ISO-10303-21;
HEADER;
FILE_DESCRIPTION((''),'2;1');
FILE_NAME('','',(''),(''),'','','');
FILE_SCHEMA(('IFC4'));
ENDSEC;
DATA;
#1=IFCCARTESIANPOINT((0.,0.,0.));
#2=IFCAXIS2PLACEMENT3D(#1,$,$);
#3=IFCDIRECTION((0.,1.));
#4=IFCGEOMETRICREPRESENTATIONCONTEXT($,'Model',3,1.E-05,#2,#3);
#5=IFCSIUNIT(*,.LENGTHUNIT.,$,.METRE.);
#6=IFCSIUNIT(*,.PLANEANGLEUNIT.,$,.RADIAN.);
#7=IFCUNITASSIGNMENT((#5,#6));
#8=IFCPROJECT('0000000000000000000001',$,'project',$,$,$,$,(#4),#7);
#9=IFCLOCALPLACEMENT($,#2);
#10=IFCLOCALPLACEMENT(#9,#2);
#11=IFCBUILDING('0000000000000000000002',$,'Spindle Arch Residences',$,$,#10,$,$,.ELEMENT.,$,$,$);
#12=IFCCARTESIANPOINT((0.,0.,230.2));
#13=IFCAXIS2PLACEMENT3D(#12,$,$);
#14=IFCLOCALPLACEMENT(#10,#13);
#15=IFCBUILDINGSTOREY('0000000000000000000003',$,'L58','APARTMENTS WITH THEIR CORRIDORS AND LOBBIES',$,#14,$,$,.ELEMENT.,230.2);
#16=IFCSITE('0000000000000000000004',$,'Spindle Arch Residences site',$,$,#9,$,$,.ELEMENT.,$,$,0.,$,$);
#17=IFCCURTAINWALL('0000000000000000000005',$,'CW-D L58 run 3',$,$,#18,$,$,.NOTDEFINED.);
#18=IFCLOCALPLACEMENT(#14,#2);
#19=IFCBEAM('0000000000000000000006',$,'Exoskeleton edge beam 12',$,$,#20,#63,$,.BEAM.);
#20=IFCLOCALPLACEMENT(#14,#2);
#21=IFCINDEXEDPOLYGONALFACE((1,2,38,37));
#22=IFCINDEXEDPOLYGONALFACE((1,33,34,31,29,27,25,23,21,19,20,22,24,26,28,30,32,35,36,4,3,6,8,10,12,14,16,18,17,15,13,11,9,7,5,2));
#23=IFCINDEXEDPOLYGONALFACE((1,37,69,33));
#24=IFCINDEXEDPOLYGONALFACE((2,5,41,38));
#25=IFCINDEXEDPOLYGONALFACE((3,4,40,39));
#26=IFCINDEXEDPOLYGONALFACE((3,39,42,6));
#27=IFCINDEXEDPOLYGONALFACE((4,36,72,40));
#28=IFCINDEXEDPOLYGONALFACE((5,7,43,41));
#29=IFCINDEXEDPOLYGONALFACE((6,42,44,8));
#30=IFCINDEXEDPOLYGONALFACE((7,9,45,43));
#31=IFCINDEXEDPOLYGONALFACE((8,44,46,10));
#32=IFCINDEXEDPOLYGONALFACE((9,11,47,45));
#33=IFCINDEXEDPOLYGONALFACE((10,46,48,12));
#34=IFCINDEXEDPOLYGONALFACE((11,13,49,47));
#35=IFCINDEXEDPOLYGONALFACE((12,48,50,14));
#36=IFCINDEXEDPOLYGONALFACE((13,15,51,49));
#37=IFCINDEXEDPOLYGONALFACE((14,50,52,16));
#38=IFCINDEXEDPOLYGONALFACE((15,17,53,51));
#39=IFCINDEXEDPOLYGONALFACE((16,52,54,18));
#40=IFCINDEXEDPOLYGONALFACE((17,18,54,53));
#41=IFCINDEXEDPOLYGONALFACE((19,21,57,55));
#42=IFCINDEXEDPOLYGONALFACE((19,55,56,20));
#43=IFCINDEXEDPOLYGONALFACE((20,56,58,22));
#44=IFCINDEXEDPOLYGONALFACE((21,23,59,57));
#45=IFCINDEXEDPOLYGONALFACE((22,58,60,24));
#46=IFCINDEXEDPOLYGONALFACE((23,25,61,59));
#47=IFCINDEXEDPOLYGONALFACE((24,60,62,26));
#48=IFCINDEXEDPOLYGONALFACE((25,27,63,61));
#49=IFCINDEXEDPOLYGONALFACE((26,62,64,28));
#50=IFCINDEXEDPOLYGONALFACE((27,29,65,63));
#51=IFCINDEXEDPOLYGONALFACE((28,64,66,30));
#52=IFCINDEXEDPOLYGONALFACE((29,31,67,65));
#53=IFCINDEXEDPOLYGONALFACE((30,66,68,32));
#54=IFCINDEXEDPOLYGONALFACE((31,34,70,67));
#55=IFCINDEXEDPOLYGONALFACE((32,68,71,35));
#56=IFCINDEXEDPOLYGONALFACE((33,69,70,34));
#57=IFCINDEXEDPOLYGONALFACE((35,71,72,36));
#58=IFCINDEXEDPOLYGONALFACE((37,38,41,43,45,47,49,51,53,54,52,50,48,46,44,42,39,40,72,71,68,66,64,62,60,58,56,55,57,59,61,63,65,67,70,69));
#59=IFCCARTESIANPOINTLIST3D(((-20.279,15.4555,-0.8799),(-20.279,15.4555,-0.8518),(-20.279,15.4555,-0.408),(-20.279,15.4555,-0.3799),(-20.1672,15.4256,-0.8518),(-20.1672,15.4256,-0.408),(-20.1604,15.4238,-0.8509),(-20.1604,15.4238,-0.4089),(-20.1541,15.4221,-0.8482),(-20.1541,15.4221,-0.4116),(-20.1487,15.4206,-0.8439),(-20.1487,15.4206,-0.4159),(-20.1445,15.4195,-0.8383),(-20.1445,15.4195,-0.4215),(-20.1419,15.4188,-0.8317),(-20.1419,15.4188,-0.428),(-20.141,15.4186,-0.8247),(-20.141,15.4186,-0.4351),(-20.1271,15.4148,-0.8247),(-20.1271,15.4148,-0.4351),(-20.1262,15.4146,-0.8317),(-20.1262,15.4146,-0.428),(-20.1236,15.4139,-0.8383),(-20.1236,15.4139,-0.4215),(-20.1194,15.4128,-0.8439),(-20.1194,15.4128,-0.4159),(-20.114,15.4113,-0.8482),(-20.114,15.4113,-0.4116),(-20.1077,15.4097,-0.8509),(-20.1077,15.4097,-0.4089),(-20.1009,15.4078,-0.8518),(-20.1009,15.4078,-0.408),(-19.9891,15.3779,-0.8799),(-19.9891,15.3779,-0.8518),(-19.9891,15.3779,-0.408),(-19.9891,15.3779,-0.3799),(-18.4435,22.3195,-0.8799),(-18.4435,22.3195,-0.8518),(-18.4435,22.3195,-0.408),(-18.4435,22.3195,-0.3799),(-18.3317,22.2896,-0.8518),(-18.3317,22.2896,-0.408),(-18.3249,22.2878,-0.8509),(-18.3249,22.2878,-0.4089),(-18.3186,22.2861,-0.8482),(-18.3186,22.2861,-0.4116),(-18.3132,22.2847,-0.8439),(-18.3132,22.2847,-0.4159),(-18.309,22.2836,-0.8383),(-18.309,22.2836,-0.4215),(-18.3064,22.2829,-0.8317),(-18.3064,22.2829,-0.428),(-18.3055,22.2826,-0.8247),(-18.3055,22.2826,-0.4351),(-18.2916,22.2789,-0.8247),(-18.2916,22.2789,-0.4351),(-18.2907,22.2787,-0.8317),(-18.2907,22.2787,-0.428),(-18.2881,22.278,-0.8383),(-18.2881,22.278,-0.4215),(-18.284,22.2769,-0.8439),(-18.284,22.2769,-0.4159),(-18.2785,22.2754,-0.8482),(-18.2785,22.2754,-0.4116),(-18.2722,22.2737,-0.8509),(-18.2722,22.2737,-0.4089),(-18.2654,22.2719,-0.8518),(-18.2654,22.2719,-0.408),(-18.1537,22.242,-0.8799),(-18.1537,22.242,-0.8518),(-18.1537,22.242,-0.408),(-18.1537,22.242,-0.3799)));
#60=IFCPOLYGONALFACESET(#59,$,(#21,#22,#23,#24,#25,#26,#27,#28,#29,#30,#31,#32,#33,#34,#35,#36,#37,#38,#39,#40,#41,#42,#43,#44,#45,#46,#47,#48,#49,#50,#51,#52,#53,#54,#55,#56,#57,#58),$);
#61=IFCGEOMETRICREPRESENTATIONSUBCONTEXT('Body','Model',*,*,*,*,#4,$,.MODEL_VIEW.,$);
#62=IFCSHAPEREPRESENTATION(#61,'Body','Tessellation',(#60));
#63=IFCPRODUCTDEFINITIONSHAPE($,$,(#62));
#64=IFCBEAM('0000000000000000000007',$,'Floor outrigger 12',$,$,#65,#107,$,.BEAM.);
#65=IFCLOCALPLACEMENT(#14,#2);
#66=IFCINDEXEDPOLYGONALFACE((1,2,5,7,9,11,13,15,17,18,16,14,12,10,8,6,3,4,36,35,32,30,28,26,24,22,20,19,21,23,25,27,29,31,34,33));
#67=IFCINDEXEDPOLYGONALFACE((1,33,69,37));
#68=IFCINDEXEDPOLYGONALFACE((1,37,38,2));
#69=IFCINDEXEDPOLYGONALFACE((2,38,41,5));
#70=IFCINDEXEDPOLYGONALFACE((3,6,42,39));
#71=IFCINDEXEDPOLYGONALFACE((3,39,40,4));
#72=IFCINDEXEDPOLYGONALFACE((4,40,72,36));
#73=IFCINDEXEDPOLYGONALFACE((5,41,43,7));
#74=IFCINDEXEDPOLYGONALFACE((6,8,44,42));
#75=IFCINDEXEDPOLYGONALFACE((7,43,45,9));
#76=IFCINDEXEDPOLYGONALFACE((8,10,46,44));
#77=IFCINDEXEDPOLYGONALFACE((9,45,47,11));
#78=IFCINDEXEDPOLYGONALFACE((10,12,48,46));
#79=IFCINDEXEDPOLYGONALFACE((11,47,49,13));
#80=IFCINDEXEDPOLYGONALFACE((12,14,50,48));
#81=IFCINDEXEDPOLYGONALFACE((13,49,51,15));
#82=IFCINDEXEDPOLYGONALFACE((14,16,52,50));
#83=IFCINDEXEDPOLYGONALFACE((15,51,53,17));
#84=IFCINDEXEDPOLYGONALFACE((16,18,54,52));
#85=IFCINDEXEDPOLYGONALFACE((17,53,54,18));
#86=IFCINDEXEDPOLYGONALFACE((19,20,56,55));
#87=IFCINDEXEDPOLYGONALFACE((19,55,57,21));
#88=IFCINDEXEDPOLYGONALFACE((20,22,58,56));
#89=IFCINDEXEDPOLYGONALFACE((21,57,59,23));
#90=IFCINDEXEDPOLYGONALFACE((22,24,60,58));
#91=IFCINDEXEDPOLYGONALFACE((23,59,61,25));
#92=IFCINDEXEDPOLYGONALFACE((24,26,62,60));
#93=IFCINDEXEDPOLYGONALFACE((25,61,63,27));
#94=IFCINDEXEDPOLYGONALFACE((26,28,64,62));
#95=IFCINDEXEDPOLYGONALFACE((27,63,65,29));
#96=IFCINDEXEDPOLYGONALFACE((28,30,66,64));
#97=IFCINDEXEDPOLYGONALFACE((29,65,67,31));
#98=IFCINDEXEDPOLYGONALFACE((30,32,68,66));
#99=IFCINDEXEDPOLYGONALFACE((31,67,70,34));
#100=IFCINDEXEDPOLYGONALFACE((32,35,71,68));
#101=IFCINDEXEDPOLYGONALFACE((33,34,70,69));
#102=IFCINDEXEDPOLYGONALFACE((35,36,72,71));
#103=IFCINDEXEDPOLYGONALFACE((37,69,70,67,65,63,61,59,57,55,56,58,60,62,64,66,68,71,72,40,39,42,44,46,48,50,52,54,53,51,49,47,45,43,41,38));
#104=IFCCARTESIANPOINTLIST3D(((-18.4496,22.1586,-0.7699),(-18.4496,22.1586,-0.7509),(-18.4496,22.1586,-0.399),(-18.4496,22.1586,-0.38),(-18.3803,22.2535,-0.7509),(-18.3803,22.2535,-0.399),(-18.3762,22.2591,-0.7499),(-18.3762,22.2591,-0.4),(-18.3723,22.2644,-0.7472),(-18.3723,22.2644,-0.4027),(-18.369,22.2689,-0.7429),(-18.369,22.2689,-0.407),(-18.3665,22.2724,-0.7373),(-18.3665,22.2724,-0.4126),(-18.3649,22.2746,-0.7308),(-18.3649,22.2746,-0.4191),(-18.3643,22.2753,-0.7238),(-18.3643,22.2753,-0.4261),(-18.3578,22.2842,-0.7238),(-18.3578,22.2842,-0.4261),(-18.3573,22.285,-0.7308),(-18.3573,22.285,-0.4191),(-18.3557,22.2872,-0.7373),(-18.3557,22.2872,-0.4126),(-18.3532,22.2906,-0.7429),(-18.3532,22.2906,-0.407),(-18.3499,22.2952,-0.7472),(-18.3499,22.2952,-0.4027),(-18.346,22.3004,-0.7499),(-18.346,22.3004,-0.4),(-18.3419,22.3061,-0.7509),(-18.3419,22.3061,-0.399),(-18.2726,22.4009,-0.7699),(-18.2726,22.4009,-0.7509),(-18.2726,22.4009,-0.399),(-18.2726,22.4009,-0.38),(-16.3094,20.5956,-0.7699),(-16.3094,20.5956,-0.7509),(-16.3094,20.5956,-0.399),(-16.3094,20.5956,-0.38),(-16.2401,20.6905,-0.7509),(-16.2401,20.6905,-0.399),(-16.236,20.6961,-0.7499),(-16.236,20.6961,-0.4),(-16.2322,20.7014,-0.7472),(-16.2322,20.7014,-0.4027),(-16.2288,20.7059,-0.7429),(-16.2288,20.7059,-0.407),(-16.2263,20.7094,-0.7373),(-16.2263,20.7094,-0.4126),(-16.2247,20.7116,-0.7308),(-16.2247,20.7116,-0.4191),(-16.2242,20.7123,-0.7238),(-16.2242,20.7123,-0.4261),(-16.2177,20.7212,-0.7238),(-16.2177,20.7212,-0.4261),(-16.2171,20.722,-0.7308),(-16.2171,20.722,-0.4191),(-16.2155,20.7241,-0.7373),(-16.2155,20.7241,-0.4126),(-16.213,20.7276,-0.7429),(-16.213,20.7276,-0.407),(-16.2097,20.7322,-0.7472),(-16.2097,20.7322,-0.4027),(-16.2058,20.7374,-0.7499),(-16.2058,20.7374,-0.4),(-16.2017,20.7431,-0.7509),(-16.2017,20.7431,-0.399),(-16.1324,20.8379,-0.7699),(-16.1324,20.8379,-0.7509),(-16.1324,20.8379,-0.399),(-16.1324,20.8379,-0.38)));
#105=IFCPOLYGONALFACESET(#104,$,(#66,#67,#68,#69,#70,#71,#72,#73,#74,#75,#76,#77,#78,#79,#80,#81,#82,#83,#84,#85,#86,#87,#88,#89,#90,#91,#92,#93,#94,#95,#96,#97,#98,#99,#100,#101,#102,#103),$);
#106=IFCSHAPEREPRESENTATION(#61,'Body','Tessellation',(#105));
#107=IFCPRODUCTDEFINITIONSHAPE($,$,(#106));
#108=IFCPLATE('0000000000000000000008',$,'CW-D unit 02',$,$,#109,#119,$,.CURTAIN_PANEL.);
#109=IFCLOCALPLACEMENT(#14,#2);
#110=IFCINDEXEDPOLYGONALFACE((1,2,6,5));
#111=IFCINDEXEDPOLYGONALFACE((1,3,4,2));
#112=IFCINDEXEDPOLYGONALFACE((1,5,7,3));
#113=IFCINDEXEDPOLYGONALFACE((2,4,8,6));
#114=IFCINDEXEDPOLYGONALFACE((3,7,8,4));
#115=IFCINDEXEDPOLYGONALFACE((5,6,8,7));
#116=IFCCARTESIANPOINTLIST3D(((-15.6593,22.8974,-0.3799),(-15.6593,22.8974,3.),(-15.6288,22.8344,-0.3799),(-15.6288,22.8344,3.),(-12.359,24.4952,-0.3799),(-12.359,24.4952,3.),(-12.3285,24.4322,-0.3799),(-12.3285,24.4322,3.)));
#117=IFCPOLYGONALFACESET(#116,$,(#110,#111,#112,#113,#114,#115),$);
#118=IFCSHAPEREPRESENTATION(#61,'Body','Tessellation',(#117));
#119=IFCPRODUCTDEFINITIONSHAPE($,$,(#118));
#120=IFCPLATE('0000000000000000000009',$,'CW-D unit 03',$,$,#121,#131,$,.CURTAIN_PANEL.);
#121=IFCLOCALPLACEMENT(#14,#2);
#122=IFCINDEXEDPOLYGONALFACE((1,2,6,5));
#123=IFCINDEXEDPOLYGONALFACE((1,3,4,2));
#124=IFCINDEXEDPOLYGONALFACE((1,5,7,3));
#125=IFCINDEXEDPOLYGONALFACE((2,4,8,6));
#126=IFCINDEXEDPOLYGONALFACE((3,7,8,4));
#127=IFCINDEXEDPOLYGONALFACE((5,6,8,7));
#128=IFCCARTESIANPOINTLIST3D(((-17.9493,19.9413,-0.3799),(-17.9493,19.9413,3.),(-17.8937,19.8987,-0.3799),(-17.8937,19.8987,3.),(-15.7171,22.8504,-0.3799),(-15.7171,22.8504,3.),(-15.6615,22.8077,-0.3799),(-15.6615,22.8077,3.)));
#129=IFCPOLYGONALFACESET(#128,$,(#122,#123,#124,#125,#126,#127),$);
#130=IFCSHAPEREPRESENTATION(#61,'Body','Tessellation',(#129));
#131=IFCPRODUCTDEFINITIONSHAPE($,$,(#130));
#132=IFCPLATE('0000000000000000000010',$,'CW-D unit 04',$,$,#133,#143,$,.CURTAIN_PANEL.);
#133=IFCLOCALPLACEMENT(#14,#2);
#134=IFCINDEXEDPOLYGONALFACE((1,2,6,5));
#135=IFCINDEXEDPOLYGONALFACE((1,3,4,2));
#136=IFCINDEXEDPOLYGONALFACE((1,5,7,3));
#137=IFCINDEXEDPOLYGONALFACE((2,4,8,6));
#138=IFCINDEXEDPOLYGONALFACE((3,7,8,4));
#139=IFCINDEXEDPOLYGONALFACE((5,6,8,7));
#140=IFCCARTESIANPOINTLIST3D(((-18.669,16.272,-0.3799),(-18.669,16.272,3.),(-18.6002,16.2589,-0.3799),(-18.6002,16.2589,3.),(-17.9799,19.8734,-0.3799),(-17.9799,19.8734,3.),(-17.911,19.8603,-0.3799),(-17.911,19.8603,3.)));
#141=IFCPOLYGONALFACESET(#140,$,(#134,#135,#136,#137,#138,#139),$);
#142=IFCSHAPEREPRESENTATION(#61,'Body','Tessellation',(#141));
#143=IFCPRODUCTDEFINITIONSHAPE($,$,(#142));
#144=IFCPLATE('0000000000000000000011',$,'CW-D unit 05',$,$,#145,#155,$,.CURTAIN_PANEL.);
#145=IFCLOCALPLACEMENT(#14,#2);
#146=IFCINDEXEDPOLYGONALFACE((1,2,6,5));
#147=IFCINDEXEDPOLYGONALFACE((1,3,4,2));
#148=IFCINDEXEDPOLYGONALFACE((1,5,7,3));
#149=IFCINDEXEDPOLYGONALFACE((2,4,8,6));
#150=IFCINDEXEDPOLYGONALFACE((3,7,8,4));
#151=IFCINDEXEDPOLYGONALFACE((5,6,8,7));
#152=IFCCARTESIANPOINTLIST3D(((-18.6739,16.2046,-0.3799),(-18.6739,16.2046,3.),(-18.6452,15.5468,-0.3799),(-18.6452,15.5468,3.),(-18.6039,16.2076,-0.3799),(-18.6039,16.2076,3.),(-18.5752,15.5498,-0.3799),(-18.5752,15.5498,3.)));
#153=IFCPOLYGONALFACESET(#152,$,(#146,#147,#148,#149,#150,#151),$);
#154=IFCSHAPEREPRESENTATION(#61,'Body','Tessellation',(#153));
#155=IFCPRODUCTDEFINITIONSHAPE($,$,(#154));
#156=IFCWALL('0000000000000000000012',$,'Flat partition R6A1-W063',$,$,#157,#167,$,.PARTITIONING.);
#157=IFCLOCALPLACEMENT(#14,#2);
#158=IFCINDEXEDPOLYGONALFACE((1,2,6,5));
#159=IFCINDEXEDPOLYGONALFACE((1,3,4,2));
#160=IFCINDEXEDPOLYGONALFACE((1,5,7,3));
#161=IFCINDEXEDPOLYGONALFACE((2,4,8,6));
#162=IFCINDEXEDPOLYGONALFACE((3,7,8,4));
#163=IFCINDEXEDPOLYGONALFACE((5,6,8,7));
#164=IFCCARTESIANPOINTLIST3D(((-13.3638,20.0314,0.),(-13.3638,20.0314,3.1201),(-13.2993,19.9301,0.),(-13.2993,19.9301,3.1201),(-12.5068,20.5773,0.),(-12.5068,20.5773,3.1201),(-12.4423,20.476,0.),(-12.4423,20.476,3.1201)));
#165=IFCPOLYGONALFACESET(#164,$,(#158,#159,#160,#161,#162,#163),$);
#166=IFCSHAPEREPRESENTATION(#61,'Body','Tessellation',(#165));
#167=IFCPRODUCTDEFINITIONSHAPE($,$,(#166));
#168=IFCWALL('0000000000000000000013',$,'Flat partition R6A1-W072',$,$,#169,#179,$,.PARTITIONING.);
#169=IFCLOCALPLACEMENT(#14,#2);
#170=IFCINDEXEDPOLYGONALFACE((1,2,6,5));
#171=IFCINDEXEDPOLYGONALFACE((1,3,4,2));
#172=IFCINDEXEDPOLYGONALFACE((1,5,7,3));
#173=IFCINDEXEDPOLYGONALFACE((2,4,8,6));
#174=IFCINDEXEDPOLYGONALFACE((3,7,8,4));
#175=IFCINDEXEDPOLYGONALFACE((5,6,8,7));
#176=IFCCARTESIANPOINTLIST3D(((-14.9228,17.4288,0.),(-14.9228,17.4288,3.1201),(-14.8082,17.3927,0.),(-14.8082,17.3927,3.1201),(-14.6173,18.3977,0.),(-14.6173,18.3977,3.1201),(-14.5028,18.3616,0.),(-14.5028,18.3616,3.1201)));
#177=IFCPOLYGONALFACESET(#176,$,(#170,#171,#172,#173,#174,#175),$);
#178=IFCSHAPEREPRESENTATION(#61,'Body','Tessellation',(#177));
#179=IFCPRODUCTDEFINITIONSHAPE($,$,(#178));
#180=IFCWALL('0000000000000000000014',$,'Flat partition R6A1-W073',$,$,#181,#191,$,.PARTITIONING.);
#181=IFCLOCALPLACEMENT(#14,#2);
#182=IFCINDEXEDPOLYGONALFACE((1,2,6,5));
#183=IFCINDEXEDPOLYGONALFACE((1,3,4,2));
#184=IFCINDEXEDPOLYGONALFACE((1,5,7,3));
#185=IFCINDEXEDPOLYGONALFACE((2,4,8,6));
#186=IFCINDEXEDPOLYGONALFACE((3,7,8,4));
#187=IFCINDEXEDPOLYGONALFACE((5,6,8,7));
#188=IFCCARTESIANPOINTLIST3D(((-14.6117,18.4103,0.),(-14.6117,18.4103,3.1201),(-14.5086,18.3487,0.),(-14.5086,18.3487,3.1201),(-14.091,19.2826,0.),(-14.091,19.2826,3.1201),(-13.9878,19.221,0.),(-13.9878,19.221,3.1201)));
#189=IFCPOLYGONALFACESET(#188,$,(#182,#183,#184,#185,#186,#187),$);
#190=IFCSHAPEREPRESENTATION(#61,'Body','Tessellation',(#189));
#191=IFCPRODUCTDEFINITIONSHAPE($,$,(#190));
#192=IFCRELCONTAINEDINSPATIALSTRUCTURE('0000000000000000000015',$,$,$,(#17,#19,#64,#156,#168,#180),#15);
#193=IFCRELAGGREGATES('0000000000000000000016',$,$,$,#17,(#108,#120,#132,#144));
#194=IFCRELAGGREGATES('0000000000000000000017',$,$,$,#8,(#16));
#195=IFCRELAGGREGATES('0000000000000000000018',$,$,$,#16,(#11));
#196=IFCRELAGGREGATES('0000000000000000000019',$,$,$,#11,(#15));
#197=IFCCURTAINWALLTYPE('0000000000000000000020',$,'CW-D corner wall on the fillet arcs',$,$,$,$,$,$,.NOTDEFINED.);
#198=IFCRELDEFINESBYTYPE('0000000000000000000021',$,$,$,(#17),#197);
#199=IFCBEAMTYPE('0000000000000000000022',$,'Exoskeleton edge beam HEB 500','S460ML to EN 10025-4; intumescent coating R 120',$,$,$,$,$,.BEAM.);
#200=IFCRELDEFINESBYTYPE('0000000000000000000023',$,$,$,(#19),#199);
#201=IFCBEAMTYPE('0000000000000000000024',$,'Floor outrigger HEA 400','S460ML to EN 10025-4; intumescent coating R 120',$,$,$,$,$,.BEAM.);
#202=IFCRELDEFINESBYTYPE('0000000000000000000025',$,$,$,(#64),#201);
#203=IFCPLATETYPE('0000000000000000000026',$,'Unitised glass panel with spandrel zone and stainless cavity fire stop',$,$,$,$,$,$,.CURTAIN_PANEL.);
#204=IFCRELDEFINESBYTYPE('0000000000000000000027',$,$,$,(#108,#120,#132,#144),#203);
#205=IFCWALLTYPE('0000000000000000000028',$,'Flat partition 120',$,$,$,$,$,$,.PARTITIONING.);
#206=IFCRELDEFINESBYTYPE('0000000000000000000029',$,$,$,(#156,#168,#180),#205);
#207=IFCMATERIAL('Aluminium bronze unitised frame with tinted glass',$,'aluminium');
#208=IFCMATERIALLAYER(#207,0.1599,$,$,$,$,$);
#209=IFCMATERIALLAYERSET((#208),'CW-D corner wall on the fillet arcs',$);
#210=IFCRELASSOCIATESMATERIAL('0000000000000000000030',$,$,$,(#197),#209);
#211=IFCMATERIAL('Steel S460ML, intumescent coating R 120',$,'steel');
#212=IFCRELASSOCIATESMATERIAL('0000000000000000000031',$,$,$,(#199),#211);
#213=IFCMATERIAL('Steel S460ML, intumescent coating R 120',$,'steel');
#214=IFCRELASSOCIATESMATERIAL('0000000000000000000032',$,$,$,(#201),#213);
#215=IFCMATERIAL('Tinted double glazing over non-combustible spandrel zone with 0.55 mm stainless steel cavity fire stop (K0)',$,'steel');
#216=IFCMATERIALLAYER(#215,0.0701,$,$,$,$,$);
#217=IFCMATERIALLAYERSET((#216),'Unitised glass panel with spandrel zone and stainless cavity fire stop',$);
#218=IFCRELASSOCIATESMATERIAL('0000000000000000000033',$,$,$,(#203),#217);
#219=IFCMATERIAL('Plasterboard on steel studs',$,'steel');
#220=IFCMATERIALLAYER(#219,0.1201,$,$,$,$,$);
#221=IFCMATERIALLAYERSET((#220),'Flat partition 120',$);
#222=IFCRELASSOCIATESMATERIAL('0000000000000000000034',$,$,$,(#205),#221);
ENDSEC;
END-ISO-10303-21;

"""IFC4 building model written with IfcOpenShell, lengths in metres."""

from ifc_helpers import new_model, si_unit, direction, frame, frame_2d, origin, origin_2d, place, context, subcontext, project, spatial, rectangle, i_section, extrude, material, layer, layer_set, material_profile, profile_set, type_object, element, aggregate, save


model = new_model("IFC4")

# Units and contexts
model_context = context("Model", 3, precision=1e-05, world=origin(), true_north=direction((0.0, 1.0)))
body_context = subcontext(model_context, "Body", "Model", "MODEL_VIEW")
ifc_project = project(units=[si_unit("LENGTHUNIT", "METRE"), si_unit("PLANEANGLEUNIT", "RADIAN")], contexts=[model_context])

# Site, building, storey
site_placement = place(None, origin())
site = spatial("IfcSite", under=ifc_project, at=site_placement, Name="Spindle Arch Residences site", CompositionType="ELEMENT", RefElevation=0.0)
building_placement = place(site_placement, origin())
building = spatial("IfcBuilding", under=site, at=building_placement, Name="Spindle Arch Residences", CompositionType="ELEMENT")
storey_placement = place(building_placement, frame((0.0, 0.0, 230.2)))
storey = spatial("IfcBuildingStorey", under=building, at=storey_placement, Name="L58", Description="APARTMENTS WITH THEIR CORRIDORS AND LOBBIES", CompositionType="ELEMENT", Elevation=230.2)

# Curtain wall
ifc_material_1 = material(Name="Aluminium bronze unitised frame with tinted glass", Category="aluminium")
ifc_layer_1 = layer(ifc_material_1, 0.1599)
ifc_layer_set_1 = layer_set([ifc_layer_1], Name="CW-D corner wall on the fillet arcs")
curtain_wall_type_1 = type_object("IfcCurtainWallType", Name="CW-D corner wall on the fillet arcs", PredefinedType="NOTDEFINED", material=ifc_layer_set_1)
curtain_wall_1_placement = place(storey_placement, origin())
curtain_wall_1 = element("IfcCurtainWall", 1, at=curtain_wall_1_placement, inside=storey, type_object=curtain_wall_type_1, Name="CW-D L58 run 3", PredefinedType="NOTDEFINED")

# Beams
ifc_material_2 = material(Name="Steel S460ML, intumescent coating R 120", Category="steel")
ifc_material_profile_1 = material_profile(ifc_material_2, i_section(OverallWidth=0.3, OverallDepth=0.5, WebThickness=0.0144, FlangeThickness=0.0281, FilletRadius=0.0271, at=origin_2d()), Name="HEB 500")
ifc_profile_set_1 = profile_set([ifc_material_profile_1], Name="Steel S460ML, intumescent coating R 120")
beam_type_1 = type_object("IfcBeamType", Name="Exoskeleton edge beam HEB 500", Description="S460ML to EN 10025-4; intumescent coating R 120", PredefinedType="BEAM", material=ifc_profile_set_1)
beam_1_placement = place(storey_placement, frame((-18.2986, 22.2808, -0.6299), z_axis=(-0.258326, -0.966058, 0.0), x_axis=(0.966058, -0.258326, 0.0)))
element("IfcBeam", 2, at=beam_1_placement, inside=storey, type_object=beam_type_1, Name="Exoskeleton edge beam 12", PredefinedType="BEAM", context=body_context, shape_type="SweptSolid", body=[
    extrude(i_section(OverallWidth=0.3, OverallDepth=0.5, WebThickness=0.0144, FlangeThickness=0.0281, FilletRadius=0.0271, at=origin_2d()), origin(), (0.0, 0.0, 1.0), 7.1052),
])
ifc_material_3 = material(Name="Steel S460ML, intumescent coating R 120", Category="steel")
ifc_material_profile_2 = material_profile(ifc_material_3, i_section(OverallWidth=0.3, OverallDepth=0.3899, WebThickness=0.011, FlangeThickness=0.019, FilletRadius=0.0271, at=origin_2d()), Name="HEA 400")
ifc_profile_set_2 = profile_set([ifc_material_profile_2], Name="Steel S460ML, intumescent coating R 120")
beam_type_2 = type_object("IfcBeamType", Name="Floor outrigger HEA 400", Description="S460ML to EN 10025-4; intumescent coating R 120", PredefinedType="BEAM", material=ifc_profile_set_2)
beam_2_placement = place(storey_placement, frame((-18.3611, 22.2798, -0.575), z_axis=(0.807563, -0.589781, 0.0), x_axis=(0.589781, 0.807563, 0.0)))
element("IfcBeam", 3, at=beam_2_placement, inside=storey, type_object=beam_type_2, Name="Floor outrigger 12", PredefinedType="BEAM", context=body_context, shape_type="SweptSolid", body=[
    extrude(i_section(OverallWidth=0.3, OverallDepth=0.3899, WebThickness=0.011, FlangeThickness=0.019, FilletRadius=0.0271, at=origin_2d()), origin(), (0.0, 0.0, 1.0), 2.6501),
])

# Plates
ifc_material_4 = material(Name="Tinted double glazing over non-combustible spandrel zone with 0.55 mm stainless steel cavity fire stop (K0)", Category="steel")
ifc_layer_2 = layer(ifc_material_4, 0.0701)
ifc_layer_set_2 = layer_set([ifc_layer_2], Name="Unitised glass panel with spandrel zone and stainless cavity fire stop")
plate_type = type_object("IfcPlateType", Name="Unitised glass panel with spandrel zone and stainless cavity fire stop", PredefinedType="CURTAIN_PANEL", material=ifc_layer_set_2)
plate_1_placement = place(storey_placement, frame((-13.9939, 23.6648, -0.3799), z_axis=(0.0, 0.0, 1.0), x_axis=(-0.900065, -0.435755, 0.0)))
plate_1 = element("IfcPlate", 4, at=plate_1_placement, type_object=plate_type, Name="CW-D unit 02", PredefinedType="CURTAIN_PANEL", context=body_context, shape_type="SweptSolid", body=[
    extrude(rectangle(XDim=3.6667, YDim=0.0701, at=origin_2d()), origin(), (0.0, 0.0, 1.0), 3.3799),
])
plate_2_placement = place(storey_placement, frame((-16.8054, 21.3745, -0.3799), z_axis=(0.0, 0.0, 1.0), x_axis=(-0.608761, -0.793353, 0.0)))
plate_2 = element("IfcPlate", 5, at=plate_2_placement, type_object=plate_type, Name="CW-D unit 03", PredefinedType="CURTAIN_PANEL", context=body_context, shape_type="SweptSolid", body=[
    extrude(rectangle(XDim=3.6667, YDim=0.0701, at=origin_2d()), origin(), (0.0, 0.0, 1.0), 3.3799),
])
plate_3_placement = place(storey_placement, frame((-18.29, 18.0662, -0.3799), z_axis=(0.0, 0.0, 1.0), x_axis=(-0.187953, -0.982178, 0.0)))
plate_3 = element("IfcPlate", 6, at=plate_3_placement, type_object=plate_type, Name="CW-D unit 04", PredefinedType="CURTAIN_PANEL", context=body_context, shape_type="SweptSolid", body=[
    extrude(rectangle(XDim=3.6667, YDim=0.0701, at=origin_2d()), origin(), (0.0, 0.0, 1.0), 3.3799),
])
plate_4_placement = place(storey_placement, frame((-18.6245, 15.8772, -0.3799), z_axis=(0.0, 0.0, 1.0), x_axis=(0.043619, -0.999048, 0.0)))
plate_4 = element("IfcPlate", 7, at=plate_4_placement, type_object=plate_type, Name="CW-D unit 05", PredefinedType="CURTAIN_PANEL", context=body_context, shape_type="SweptSolid", body=[
    extrude(rectangle(XDim=0.6584, YDim=0.0701, at=origin_2d()), origin(), (0.0, 0.0, 1.0), 3.3799),
])
aggregate(curtain_wall_1, [plate_1, plate_2, plate_3, plate_4])

# Walls
ifc_material_5 = material(Name="Plasterboard on steel studs", Category="steel")
ifc_layer_3 = layer(ifc_material_5, 0.1201)
ifc_layer_set_3 = layer_set([ifc_layer_3], Name="Flat partition 120")
wall_type_1 = type_object("IfcWallType", Name="Flat partition 120", PredefinedType="PARTITIONING", material=ifc_layer_set_3)
wall_1_placement = place(storey_placement, frame((-13.3315, 19.9807, 0.0), z_axis=(0.0, 0.0, 1.0), x_axis=(0.843404, 0.53728, 0.0)))
element("IfcWall", 8, at=wall_1_placement, inside=storey, type_object=wall_type_1, Name="Flat partition R6A1-W063", PredefinedType="PARTITIONING", context=body_context, shape_type="SweptSolid", body=[
    extrude(rectangle(XDim=1.0161, YDim=0.1201, at=frame_2d((0.5081, 0.0))), origin(), (0.0, 0.0, 1.0), 3.1201),
])
for number, where, z_axis, x_axis, name in (
    (9, (-14.8655, 17.4109, 0.0), (0.0, 0.0, 1.0), (0.300683, 0.953724, 0.0), "Flat partition R6A1-W072"),
    (10, (-14.5601, 18.3796, 0.0), (0.0, 0.0, 1.0), (0.512586, 0.858636, 0.0), "Flat partition R6A1-W073"),
):
    element("IfcWall", number, at=place(storey_placement, frame(where, z_axis=z_axis, x_axis=x_axis)), inside=storey, type_object=wall_type_1, Name=name, PredefinedType="PARTITIONING", context=body_context, shape_type="SweptSolid", body=[
        extrude(rectangle(XDim=1.0159, YDim=0.1201, at=frame_2d((0.5078, 0.0))), origin(), (0.0, 0.0, 1.0), 3.1201),
    ])

save(model, "model.ifc")
